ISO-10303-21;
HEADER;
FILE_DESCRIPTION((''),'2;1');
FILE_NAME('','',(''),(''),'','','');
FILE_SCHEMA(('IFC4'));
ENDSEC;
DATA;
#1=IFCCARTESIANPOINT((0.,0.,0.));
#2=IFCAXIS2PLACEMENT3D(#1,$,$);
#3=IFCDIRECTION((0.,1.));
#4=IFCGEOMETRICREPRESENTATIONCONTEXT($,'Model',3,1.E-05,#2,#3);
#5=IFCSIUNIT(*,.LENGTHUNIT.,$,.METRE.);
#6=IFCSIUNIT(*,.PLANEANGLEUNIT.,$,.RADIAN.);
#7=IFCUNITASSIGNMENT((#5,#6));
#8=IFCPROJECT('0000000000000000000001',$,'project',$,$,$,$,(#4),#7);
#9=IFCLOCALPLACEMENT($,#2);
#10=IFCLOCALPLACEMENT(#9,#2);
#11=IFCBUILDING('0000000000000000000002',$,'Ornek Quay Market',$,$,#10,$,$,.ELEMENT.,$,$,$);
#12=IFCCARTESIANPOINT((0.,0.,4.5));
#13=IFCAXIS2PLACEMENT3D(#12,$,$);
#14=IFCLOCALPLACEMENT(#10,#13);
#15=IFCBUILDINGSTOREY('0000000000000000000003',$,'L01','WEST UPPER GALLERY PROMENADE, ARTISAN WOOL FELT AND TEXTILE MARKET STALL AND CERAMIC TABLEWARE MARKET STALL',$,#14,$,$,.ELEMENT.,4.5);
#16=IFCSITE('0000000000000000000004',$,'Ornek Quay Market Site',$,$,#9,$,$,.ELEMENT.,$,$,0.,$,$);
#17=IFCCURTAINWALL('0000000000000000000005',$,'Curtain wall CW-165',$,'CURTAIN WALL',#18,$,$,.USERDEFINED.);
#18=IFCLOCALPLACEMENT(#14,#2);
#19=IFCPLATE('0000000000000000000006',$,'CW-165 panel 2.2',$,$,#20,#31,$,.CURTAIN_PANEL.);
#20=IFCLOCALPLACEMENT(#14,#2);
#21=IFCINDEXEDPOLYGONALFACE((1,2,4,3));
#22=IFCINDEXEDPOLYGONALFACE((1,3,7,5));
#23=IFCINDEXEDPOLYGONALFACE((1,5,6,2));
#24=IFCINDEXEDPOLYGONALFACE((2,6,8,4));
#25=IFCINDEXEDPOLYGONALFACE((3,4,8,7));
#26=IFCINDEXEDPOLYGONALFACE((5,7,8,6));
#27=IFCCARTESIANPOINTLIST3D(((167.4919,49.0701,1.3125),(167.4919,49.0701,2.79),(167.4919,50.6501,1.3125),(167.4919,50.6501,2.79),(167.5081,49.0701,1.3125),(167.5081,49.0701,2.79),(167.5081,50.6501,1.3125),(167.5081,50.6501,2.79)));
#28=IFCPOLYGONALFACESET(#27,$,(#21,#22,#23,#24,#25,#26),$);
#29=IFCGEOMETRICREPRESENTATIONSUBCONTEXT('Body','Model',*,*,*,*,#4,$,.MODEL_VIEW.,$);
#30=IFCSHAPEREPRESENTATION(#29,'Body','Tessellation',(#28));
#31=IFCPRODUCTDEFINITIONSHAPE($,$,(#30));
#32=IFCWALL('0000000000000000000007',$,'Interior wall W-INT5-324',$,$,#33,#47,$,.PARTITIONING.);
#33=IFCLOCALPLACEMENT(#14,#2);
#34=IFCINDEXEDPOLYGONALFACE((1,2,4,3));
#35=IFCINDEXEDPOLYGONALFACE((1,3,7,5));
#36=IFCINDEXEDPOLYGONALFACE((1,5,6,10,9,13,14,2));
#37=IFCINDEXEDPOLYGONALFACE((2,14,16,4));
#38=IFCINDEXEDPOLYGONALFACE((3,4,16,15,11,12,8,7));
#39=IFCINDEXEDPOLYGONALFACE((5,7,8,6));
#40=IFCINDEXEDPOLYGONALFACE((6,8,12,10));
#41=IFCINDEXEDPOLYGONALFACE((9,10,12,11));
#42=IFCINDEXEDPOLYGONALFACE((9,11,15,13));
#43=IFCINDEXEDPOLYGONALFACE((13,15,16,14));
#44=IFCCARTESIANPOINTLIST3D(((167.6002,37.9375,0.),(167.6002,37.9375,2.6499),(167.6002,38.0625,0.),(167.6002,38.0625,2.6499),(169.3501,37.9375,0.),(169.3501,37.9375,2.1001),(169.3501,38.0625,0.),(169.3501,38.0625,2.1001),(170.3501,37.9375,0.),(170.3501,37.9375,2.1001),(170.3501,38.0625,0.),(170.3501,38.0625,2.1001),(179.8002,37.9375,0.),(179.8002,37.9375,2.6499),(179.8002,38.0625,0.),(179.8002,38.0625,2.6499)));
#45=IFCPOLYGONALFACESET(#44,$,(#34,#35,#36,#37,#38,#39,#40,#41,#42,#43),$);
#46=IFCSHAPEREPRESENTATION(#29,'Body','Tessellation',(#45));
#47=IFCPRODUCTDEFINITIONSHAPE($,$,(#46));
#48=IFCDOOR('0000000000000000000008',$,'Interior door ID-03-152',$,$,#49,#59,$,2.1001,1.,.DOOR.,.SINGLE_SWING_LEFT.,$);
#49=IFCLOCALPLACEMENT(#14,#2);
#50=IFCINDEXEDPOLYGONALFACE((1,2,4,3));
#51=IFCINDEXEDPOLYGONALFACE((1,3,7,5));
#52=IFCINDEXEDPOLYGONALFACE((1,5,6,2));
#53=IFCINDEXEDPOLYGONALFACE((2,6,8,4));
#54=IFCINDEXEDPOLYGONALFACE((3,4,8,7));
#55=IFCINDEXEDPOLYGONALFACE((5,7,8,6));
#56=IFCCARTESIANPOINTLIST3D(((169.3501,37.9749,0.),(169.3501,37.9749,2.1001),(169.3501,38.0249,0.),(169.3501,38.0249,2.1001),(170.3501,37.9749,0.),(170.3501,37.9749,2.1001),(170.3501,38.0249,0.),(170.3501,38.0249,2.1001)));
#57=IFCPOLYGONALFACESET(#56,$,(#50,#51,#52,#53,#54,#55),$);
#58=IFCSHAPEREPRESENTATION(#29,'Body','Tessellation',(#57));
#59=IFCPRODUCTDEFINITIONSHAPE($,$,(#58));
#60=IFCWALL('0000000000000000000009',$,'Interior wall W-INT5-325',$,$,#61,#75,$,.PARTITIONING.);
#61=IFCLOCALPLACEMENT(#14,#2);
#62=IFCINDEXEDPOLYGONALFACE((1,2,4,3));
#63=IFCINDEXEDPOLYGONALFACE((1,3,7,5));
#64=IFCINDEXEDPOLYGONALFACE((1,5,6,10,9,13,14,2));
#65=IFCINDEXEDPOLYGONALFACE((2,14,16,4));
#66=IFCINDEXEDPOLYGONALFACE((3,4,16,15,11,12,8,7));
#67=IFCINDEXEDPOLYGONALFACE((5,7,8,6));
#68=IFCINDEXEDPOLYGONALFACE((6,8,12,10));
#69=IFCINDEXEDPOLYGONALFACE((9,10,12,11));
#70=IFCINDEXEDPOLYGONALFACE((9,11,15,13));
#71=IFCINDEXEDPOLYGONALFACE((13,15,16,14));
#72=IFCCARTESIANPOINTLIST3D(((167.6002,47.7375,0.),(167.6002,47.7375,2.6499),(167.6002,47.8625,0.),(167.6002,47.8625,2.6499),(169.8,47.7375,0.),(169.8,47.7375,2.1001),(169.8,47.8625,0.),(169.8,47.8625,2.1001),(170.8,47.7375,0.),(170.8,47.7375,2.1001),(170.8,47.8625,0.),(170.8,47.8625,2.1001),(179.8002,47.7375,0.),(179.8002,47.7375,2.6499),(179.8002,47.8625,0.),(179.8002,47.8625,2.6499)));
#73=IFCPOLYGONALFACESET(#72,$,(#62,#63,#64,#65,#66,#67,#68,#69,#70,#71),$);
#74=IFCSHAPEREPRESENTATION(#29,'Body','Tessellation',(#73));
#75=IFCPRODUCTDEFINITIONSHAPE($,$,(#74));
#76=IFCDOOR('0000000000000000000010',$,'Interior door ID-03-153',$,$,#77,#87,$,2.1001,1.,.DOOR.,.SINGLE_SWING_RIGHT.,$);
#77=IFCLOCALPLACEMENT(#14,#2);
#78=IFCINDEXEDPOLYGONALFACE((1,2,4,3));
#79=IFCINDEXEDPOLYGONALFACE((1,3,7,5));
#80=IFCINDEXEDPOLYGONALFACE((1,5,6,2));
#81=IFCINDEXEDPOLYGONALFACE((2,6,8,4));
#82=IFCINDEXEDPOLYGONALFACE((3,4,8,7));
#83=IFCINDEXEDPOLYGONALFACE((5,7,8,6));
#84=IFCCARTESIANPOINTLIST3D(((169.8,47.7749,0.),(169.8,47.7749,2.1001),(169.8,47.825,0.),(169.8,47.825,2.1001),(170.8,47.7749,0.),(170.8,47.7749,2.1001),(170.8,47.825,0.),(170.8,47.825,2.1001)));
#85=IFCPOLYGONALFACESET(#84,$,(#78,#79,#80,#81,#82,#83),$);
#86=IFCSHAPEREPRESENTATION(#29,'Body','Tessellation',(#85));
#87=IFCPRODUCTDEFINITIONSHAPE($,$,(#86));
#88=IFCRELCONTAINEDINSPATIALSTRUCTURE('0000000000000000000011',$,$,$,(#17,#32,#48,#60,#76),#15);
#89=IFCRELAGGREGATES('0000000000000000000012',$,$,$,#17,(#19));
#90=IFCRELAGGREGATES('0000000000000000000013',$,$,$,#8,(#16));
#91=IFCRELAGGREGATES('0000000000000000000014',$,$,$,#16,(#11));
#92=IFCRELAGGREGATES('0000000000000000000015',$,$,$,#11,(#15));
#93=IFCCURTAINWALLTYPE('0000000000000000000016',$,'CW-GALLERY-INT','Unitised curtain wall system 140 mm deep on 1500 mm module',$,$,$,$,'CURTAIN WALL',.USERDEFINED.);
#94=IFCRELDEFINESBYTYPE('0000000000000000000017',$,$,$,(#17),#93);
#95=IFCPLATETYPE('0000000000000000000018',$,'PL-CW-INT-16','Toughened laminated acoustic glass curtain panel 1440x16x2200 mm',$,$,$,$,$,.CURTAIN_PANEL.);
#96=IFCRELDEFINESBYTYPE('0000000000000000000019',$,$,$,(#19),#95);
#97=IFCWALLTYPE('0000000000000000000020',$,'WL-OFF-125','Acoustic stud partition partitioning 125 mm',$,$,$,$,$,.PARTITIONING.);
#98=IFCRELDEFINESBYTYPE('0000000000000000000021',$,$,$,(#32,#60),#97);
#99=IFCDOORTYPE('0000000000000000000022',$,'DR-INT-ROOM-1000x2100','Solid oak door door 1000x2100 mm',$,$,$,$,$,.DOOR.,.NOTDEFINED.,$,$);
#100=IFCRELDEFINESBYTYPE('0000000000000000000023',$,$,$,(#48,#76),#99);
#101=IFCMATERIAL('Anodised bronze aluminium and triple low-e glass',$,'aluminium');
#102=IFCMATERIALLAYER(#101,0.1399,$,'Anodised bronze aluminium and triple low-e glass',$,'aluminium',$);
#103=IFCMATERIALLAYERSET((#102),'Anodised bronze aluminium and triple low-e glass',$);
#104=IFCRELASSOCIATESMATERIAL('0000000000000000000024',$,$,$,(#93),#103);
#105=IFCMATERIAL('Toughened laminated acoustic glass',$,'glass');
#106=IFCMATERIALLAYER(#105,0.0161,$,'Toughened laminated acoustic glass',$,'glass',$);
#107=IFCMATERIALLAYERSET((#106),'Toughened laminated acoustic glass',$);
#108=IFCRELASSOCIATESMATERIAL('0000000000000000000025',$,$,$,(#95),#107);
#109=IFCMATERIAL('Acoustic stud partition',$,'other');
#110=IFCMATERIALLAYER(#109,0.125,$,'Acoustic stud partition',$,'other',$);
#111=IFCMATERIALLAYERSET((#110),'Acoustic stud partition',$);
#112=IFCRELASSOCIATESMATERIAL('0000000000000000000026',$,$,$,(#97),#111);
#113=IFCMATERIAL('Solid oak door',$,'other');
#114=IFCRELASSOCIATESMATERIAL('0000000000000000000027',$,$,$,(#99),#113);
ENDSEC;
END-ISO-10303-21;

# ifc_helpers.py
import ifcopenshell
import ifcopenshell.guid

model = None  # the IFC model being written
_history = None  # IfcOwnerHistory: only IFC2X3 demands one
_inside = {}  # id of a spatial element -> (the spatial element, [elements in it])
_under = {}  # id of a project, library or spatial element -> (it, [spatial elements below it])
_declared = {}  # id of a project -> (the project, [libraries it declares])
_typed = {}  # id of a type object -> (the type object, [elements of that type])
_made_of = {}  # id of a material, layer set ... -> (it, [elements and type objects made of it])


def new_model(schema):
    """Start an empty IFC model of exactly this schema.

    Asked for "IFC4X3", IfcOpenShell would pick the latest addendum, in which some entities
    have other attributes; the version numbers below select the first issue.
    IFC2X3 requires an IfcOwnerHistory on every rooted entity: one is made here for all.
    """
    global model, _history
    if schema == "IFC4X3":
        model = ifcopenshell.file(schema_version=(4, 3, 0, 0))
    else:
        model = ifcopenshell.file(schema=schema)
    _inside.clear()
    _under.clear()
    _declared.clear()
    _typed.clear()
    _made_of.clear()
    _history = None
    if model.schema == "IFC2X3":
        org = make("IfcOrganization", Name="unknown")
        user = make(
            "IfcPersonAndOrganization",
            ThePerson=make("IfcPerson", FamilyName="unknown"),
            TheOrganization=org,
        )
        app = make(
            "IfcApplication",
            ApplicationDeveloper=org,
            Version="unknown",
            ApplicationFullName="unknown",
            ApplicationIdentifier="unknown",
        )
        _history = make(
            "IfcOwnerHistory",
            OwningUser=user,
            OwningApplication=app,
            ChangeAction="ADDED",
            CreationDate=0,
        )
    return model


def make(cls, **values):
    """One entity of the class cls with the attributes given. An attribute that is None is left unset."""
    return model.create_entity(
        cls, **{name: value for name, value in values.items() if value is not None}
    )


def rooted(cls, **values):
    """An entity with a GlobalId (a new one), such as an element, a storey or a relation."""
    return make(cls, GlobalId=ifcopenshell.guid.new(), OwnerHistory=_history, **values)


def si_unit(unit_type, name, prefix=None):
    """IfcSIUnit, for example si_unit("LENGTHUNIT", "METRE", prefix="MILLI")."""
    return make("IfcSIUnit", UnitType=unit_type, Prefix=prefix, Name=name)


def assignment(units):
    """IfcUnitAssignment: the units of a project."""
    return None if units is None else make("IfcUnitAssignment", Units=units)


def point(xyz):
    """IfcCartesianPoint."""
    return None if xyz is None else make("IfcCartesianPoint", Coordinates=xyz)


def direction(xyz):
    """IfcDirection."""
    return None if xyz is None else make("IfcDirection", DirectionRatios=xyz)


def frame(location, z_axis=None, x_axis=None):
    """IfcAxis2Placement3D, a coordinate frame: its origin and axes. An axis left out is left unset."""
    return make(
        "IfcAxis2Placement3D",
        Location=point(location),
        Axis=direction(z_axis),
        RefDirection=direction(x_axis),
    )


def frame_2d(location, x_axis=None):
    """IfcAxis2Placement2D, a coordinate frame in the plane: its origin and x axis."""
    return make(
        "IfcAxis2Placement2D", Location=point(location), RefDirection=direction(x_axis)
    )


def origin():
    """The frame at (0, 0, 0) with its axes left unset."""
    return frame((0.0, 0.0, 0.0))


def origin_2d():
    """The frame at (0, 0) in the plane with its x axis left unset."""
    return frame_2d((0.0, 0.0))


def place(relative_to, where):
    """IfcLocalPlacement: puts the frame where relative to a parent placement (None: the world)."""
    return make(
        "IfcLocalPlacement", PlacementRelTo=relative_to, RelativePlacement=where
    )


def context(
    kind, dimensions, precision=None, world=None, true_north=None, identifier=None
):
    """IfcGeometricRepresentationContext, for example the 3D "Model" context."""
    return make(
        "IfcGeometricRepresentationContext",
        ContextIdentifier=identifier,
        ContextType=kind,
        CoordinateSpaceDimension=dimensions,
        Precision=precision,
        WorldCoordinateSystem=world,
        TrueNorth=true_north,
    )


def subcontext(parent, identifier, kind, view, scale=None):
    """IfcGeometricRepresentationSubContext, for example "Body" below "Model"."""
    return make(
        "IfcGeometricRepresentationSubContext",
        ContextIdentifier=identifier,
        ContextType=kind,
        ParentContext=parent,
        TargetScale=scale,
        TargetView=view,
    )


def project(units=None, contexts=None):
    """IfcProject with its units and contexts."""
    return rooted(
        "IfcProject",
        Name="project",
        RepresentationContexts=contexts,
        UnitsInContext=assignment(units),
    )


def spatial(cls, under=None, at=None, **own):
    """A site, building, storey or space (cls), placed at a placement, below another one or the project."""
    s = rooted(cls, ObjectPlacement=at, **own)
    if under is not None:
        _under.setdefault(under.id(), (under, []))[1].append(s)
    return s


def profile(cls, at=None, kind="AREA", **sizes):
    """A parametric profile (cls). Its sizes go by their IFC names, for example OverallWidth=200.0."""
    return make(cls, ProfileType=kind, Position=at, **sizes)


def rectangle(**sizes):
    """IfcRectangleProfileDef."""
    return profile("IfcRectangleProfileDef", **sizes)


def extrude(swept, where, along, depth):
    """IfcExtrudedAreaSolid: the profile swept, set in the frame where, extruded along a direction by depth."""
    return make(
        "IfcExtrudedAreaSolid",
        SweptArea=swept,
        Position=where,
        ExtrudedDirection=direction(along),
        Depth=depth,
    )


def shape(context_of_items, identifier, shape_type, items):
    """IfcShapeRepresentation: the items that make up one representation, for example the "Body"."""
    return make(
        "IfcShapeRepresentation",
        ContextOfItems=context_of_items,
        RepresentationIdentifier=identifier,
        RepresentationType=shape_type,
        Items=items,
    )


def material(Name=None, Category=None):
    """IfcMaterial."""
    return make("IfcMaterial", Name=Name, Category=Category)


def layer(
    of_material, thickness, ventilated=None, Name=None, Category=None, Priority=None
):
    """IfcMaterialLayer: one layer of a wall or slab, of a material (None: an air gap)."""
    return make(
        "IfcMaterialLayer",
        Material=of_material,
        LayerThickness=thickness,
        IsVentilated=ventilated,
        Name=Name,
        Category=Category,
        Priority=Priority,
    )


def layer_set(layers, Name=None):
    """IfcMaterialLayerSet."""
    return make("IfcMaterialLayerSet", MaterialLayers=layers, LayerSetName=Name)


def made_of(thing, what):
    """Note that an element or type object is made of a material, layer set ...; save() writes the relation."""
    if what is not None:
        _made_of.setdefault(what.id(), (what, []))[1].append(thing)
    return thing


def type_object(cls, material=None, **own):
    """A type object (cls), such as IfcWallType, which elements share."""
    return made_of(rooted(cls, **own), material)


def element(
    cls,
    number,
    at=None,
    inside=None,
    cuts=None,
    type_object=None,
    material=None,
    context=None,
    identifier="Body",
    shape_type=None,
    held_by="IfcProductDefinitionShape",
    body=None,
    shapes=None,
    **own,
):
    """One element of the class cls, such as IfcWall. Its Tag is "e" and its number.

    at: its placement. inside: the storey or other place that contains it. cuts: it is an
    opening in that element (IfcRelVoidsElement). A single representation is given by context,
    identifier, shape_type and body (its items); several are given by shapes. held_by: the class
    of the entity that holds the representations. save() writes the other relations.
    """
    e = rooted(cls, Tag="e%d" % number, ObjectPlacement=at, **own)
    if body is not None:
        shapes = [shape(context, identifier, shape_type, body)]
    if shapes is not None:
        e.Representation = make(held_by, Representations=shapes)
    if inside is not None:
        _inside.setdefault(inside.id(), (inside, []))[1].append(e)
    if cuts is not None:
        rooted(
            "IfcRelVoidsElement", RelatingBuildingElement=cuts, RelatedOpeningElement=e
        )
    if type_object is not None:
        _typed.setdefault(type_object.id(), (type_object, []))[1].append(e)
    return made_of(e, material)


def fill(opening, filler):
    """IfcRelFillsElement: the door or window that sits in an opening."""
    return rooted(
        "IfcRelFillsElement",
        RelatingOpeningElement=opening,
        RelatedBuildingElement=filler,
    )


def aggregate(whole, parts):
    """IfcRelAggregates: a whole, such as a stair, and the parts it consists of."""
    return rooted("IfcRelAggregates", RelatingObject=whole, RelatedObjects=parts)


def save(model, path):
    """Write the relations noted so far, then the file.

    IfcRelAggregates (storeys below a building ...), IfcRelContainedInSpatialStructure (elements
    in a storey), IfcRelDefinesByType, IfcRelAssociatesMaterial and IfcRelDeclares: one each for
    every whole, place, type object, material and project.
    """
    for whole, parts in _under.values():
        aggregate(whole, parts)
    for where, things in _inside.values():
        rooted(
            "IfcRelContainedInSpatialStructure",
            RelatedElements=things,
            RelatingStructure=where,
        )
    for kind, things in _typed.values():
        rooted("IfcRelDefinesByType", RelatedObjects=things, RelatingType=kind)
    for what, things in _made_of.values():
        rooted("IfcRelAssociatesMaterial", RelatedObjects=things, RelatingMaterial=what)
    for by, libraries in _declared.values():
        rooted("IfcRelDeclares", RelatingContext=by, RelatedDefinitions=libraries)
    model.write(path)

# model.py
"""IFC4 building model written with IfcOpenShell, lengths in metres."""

from ifc_helpers import new_model, si_unit, direction, frame, frame_2d, origin, origin_2d, place, context, subcontext, project, spatial, rectangle, extrude, material, layer, layer_set, type_object, element, fill, aggregate, save


model = new_model("IFC4")

# Units and contexts
model_context = context("Model", 3, precision=1e-05, world=origin(), true_north=direction((0.0, 1.0)))
body_context = subcontext(model_context, "Body", "Model", "MODEL_VIEW")
ifc_project = project(units=[si_unit("LENGTHUNIT", "METRE"), si_unit("PLANEANGLEUNIT", "RADIAN")], contexts=[model_context])

# Site, building, storey
site_placement = place(None, origin())
site = spatial("IfcSite", under=ifc_project, at=site_placement, Name="Ornek Quay Market Site", CompositionType="ELEMENT", RefElevation=0.0)
building_placement = place(site_placement, origin())
building = spatial("IfcBuilding", under=site, at=building_placement, Name="Ornek Quay Market", CompositionType="ELEMENT")
storey_placement = place(building_placement, frame((0.0, 0.0, 4.5)))
storey = spatial("IfcBuildingStorey", under=building, at=storey_placement, Name="L01", Description="WEST UPPER GALLERY PROMENADE, ARTISAN WOOL FELT AND TEXTILE MARKET STALL AND CERAMIC TABLEWARE MARKET STALL", CompositionType="ELEMENT", Elevation=4.5)

# Curtain wall, plate
ifc_material_1 = material(Name="Anodised bronze aluminium and triple low-e glass", Category="aluminium")
ifc_layer_1 = layer(ifc_material_1, 0.1399, Name="Anodised bronze aluminium and triple low-e glass", Category="aluminium")
ifc_layer_set_1 = layer_set([ifc_layer_1], Name="Anodised bronze aluminium and triple low-e glass")
curtain_wall_type = type_object("IfcCurtainWallType", Name="CW-GALLERY-INT", Description="Unitised curtain wall system 140 mm deep on 1500 mm module", ElementType="CURTAIN WALL", PredefinedType="USERDEFINED", material=ifc_layer_set_1)
curtain_wall_placement = place(storey_placement, origin())
curtain_wall = element("IfcCurtainWall", 1, at=curtain_wall_placement, inside=storey, type_object=curtain_wall_type, Name="Curtain wall CW-165", ObjectType="CURTAIN WALL", PredefinedType="USERDEFINED")
ifc_material_2 = material(Name="Toughened laminated acoustic glass", Category="glass")
ifc_layer_2 = layer(ifc_material_2, 0.0161, Name="Toughened laminated acoustic glass", Category="glass")
ifc_layer_set_2 = layer_set([ifc_layer_2], Name="Toughened laminated acoustic glass")
plate_type = type_object("IfcPlateType", Name="PL-CW-INT-16", Description="Toughened laminated acoustic glass curtain panel 1440x16x2200 mm", PredefinedType="CURTAIN_PANEL", material=ifc_layer_set_2)
plate_1_placement = place(storey_placement, frame((167.5, 49.8601, 1.3125), z_axis=(0.0, 0.0, 1.0), x_axis=(0.0, 1.0, 0.0)))
plate_1 = element("IfcPlate", 2, at=plate_1_placement, type_object=plate_type, Name="CW-165 panel 2.2", PredefinedType="CURTAIN_PANEL", context=body_context, shape_type="SweptSolid", body=[
    extrude(rectangle(XDim=1.5801, YDim=0.0161, at=origin_2d()), origin(), (0.0, 0.0, 1.0), 1.4775),
])
aggregate(curtain_wall, [plate_1])

# Walls, openings, doors
ifc_material_3 = material(Name="Acoustic stud partition", Category="other")
ifc_layer_3 = layer(ifc_material_3, 0.125, Name="Acoustic stud partition", Category="other")
ifc_layer_set_3 = layer_set([ifc_layer_3], Name="Acoustic stud partition")
wall_type = type_object("IfcWallType", Name="WL-OFF-125", Description="Acoustic stud partition partitioning 125 mm", PredefinedType="PARTITIONING", material=ifc_layer_set_3)
wall_1_placement = place(storey_placement, frame((167.6001, 38.0, 0.0), z_axis=(0.0, 0.0, 1.0), x_axis=(1.0, 0.0, 0.0)))
wall_1 = element("IfcWall", 3, at=wall_1_placement, inside=storey, type_object=wall_type, Name="Interior wall W-INT5-324", PredefinedType="PARTITIONING", context=body_context, shape_type="SweptSolid", body=[
    extrude(rectangle(XDim=12.2, YDim=0.125, at=frame_2d((6.1001, 0.0))), origin(), (0.0, 0.0, 1.0), 2.6499),
])
opening_1_placement = place(wall_1_placement, frame((1.75, 0.0, 0.0)))
opening_1 = element("IfcOpeningElement", 4, at=opening_1_placement, cuts=wall_1, PredefinedType="OPENING", context=body_context, shape_type="SweptSolid", body=[
    extrude(rectangle(XDim=1.0, YDim=2.1001, at=frame_2d((0.5, 1.05))), frame((0.0, 0.0725, 0.0), z_axis=(0.0, -1.0, 0.0), x_axis=(1.0, 0.0, 0.0)), (0.0, 0.0, 1.0), 0.145),
])
ifc_material_4 = material(Name="Solid oak door", Category="other")
door_type = type_object("IfcDoorType", Name="DR-INT-ROOM-1000x2100", Description="Solid oak door door 1000x2100 mm", OperationType="NOTDEFINED", PredefinedType="DOOR", material=ifc_material_4)
door_1_placement = place(opening_1_placement, origin())
door_1 = element("IfcDoor", 5, at=door_1_placement, inside=storey, type_object=door_type, Name="Interior door ID-03-152", OperationType="SINGLE_SWING_LEFT", OverallHeight=2.1001, OverallWidth=1.0, PredefinedType="DOOR", context=body_context, shape_type="SweptSolid", body=[
    extrude(rectangle(XDim=1.0, YDim=2.1001, at=frame_2d((0.5, 1.05))), frame((0.0, 0.0249, 0.0), z_axis=(0.0, -1.0, 0.0), x_axis=(1.0, 0.0, 0.0)), (0.0, 0.0, 1.0), 0.05),
])
fill(opening_1, door_1)
wall_2_placement = place(storey_placement, frame((167.6001, 47.8, 0.0), z_axis=(0.0, 0.0, 1.0), x_axis=(1.0, 0.0, 0.0)))
wall_2 = element("IfcWall", 6, at=wall_2_placement, inside=storey, type_object=wall_type, Name="Interior wall W-INT5-325", PredefinedType="PARTITIONING", context=body_context, shape_type="SweptSolid", body=[
    extrude(rectangle(XDim=12.2, YDim=0.125, at=frame_2d((6.1001, 0.0))), origin(), (0.0, 0.0, 1.0), 2.6499),
])
opening_2_placement = place(wall_2_placement, frame((2.2, 0.0, 0.0)))
opening_2 = element("IfcOpeningElement", 7, at=opening_2_placement, cuts=wall_2, PredefinedType="OPENING", context=body_context, shape_type="SweptSolid", body=[
    extrude(rectangle(XDim=1.0, YDim=2.1001, at=frame_2d((0.5, 1.05))), frame((0.0, 0.0725, 0.0), z_axis=(0.0, -1.0, 0.0), x_axis=(1.0, 0.0, 0.0)), (0.0, 0.0, 1.0), 0.145),
])
door_2_placement = place(opening_2_placement, origin())
door_2 = element("IfcDoor", 8, at=door_2_placement, inside=storey, type_object=door_type, Name="Interior door ID-03-153", OperationType="SINGLE_SWING_RIGHT", OverallHeight=2.1001, OverallWidth=1.0, PredefinedType="DOOR", context=body_context, shape_type="SweptSolid", body=[
    extrude(rectangle(XDim=1.0, YDim=2.1001, at=frame_2d((0.5, 1.05))), frame((0.0, 0.0249, 0.0), z_axis=(0.0, -1.0, 0.0), x_axis=(1.0, 0.0, 0.0)), (0.0, 0.0, 1.0), 0.05),
])
fill(opening_2, door_2)

save(model, "model.ifc")
